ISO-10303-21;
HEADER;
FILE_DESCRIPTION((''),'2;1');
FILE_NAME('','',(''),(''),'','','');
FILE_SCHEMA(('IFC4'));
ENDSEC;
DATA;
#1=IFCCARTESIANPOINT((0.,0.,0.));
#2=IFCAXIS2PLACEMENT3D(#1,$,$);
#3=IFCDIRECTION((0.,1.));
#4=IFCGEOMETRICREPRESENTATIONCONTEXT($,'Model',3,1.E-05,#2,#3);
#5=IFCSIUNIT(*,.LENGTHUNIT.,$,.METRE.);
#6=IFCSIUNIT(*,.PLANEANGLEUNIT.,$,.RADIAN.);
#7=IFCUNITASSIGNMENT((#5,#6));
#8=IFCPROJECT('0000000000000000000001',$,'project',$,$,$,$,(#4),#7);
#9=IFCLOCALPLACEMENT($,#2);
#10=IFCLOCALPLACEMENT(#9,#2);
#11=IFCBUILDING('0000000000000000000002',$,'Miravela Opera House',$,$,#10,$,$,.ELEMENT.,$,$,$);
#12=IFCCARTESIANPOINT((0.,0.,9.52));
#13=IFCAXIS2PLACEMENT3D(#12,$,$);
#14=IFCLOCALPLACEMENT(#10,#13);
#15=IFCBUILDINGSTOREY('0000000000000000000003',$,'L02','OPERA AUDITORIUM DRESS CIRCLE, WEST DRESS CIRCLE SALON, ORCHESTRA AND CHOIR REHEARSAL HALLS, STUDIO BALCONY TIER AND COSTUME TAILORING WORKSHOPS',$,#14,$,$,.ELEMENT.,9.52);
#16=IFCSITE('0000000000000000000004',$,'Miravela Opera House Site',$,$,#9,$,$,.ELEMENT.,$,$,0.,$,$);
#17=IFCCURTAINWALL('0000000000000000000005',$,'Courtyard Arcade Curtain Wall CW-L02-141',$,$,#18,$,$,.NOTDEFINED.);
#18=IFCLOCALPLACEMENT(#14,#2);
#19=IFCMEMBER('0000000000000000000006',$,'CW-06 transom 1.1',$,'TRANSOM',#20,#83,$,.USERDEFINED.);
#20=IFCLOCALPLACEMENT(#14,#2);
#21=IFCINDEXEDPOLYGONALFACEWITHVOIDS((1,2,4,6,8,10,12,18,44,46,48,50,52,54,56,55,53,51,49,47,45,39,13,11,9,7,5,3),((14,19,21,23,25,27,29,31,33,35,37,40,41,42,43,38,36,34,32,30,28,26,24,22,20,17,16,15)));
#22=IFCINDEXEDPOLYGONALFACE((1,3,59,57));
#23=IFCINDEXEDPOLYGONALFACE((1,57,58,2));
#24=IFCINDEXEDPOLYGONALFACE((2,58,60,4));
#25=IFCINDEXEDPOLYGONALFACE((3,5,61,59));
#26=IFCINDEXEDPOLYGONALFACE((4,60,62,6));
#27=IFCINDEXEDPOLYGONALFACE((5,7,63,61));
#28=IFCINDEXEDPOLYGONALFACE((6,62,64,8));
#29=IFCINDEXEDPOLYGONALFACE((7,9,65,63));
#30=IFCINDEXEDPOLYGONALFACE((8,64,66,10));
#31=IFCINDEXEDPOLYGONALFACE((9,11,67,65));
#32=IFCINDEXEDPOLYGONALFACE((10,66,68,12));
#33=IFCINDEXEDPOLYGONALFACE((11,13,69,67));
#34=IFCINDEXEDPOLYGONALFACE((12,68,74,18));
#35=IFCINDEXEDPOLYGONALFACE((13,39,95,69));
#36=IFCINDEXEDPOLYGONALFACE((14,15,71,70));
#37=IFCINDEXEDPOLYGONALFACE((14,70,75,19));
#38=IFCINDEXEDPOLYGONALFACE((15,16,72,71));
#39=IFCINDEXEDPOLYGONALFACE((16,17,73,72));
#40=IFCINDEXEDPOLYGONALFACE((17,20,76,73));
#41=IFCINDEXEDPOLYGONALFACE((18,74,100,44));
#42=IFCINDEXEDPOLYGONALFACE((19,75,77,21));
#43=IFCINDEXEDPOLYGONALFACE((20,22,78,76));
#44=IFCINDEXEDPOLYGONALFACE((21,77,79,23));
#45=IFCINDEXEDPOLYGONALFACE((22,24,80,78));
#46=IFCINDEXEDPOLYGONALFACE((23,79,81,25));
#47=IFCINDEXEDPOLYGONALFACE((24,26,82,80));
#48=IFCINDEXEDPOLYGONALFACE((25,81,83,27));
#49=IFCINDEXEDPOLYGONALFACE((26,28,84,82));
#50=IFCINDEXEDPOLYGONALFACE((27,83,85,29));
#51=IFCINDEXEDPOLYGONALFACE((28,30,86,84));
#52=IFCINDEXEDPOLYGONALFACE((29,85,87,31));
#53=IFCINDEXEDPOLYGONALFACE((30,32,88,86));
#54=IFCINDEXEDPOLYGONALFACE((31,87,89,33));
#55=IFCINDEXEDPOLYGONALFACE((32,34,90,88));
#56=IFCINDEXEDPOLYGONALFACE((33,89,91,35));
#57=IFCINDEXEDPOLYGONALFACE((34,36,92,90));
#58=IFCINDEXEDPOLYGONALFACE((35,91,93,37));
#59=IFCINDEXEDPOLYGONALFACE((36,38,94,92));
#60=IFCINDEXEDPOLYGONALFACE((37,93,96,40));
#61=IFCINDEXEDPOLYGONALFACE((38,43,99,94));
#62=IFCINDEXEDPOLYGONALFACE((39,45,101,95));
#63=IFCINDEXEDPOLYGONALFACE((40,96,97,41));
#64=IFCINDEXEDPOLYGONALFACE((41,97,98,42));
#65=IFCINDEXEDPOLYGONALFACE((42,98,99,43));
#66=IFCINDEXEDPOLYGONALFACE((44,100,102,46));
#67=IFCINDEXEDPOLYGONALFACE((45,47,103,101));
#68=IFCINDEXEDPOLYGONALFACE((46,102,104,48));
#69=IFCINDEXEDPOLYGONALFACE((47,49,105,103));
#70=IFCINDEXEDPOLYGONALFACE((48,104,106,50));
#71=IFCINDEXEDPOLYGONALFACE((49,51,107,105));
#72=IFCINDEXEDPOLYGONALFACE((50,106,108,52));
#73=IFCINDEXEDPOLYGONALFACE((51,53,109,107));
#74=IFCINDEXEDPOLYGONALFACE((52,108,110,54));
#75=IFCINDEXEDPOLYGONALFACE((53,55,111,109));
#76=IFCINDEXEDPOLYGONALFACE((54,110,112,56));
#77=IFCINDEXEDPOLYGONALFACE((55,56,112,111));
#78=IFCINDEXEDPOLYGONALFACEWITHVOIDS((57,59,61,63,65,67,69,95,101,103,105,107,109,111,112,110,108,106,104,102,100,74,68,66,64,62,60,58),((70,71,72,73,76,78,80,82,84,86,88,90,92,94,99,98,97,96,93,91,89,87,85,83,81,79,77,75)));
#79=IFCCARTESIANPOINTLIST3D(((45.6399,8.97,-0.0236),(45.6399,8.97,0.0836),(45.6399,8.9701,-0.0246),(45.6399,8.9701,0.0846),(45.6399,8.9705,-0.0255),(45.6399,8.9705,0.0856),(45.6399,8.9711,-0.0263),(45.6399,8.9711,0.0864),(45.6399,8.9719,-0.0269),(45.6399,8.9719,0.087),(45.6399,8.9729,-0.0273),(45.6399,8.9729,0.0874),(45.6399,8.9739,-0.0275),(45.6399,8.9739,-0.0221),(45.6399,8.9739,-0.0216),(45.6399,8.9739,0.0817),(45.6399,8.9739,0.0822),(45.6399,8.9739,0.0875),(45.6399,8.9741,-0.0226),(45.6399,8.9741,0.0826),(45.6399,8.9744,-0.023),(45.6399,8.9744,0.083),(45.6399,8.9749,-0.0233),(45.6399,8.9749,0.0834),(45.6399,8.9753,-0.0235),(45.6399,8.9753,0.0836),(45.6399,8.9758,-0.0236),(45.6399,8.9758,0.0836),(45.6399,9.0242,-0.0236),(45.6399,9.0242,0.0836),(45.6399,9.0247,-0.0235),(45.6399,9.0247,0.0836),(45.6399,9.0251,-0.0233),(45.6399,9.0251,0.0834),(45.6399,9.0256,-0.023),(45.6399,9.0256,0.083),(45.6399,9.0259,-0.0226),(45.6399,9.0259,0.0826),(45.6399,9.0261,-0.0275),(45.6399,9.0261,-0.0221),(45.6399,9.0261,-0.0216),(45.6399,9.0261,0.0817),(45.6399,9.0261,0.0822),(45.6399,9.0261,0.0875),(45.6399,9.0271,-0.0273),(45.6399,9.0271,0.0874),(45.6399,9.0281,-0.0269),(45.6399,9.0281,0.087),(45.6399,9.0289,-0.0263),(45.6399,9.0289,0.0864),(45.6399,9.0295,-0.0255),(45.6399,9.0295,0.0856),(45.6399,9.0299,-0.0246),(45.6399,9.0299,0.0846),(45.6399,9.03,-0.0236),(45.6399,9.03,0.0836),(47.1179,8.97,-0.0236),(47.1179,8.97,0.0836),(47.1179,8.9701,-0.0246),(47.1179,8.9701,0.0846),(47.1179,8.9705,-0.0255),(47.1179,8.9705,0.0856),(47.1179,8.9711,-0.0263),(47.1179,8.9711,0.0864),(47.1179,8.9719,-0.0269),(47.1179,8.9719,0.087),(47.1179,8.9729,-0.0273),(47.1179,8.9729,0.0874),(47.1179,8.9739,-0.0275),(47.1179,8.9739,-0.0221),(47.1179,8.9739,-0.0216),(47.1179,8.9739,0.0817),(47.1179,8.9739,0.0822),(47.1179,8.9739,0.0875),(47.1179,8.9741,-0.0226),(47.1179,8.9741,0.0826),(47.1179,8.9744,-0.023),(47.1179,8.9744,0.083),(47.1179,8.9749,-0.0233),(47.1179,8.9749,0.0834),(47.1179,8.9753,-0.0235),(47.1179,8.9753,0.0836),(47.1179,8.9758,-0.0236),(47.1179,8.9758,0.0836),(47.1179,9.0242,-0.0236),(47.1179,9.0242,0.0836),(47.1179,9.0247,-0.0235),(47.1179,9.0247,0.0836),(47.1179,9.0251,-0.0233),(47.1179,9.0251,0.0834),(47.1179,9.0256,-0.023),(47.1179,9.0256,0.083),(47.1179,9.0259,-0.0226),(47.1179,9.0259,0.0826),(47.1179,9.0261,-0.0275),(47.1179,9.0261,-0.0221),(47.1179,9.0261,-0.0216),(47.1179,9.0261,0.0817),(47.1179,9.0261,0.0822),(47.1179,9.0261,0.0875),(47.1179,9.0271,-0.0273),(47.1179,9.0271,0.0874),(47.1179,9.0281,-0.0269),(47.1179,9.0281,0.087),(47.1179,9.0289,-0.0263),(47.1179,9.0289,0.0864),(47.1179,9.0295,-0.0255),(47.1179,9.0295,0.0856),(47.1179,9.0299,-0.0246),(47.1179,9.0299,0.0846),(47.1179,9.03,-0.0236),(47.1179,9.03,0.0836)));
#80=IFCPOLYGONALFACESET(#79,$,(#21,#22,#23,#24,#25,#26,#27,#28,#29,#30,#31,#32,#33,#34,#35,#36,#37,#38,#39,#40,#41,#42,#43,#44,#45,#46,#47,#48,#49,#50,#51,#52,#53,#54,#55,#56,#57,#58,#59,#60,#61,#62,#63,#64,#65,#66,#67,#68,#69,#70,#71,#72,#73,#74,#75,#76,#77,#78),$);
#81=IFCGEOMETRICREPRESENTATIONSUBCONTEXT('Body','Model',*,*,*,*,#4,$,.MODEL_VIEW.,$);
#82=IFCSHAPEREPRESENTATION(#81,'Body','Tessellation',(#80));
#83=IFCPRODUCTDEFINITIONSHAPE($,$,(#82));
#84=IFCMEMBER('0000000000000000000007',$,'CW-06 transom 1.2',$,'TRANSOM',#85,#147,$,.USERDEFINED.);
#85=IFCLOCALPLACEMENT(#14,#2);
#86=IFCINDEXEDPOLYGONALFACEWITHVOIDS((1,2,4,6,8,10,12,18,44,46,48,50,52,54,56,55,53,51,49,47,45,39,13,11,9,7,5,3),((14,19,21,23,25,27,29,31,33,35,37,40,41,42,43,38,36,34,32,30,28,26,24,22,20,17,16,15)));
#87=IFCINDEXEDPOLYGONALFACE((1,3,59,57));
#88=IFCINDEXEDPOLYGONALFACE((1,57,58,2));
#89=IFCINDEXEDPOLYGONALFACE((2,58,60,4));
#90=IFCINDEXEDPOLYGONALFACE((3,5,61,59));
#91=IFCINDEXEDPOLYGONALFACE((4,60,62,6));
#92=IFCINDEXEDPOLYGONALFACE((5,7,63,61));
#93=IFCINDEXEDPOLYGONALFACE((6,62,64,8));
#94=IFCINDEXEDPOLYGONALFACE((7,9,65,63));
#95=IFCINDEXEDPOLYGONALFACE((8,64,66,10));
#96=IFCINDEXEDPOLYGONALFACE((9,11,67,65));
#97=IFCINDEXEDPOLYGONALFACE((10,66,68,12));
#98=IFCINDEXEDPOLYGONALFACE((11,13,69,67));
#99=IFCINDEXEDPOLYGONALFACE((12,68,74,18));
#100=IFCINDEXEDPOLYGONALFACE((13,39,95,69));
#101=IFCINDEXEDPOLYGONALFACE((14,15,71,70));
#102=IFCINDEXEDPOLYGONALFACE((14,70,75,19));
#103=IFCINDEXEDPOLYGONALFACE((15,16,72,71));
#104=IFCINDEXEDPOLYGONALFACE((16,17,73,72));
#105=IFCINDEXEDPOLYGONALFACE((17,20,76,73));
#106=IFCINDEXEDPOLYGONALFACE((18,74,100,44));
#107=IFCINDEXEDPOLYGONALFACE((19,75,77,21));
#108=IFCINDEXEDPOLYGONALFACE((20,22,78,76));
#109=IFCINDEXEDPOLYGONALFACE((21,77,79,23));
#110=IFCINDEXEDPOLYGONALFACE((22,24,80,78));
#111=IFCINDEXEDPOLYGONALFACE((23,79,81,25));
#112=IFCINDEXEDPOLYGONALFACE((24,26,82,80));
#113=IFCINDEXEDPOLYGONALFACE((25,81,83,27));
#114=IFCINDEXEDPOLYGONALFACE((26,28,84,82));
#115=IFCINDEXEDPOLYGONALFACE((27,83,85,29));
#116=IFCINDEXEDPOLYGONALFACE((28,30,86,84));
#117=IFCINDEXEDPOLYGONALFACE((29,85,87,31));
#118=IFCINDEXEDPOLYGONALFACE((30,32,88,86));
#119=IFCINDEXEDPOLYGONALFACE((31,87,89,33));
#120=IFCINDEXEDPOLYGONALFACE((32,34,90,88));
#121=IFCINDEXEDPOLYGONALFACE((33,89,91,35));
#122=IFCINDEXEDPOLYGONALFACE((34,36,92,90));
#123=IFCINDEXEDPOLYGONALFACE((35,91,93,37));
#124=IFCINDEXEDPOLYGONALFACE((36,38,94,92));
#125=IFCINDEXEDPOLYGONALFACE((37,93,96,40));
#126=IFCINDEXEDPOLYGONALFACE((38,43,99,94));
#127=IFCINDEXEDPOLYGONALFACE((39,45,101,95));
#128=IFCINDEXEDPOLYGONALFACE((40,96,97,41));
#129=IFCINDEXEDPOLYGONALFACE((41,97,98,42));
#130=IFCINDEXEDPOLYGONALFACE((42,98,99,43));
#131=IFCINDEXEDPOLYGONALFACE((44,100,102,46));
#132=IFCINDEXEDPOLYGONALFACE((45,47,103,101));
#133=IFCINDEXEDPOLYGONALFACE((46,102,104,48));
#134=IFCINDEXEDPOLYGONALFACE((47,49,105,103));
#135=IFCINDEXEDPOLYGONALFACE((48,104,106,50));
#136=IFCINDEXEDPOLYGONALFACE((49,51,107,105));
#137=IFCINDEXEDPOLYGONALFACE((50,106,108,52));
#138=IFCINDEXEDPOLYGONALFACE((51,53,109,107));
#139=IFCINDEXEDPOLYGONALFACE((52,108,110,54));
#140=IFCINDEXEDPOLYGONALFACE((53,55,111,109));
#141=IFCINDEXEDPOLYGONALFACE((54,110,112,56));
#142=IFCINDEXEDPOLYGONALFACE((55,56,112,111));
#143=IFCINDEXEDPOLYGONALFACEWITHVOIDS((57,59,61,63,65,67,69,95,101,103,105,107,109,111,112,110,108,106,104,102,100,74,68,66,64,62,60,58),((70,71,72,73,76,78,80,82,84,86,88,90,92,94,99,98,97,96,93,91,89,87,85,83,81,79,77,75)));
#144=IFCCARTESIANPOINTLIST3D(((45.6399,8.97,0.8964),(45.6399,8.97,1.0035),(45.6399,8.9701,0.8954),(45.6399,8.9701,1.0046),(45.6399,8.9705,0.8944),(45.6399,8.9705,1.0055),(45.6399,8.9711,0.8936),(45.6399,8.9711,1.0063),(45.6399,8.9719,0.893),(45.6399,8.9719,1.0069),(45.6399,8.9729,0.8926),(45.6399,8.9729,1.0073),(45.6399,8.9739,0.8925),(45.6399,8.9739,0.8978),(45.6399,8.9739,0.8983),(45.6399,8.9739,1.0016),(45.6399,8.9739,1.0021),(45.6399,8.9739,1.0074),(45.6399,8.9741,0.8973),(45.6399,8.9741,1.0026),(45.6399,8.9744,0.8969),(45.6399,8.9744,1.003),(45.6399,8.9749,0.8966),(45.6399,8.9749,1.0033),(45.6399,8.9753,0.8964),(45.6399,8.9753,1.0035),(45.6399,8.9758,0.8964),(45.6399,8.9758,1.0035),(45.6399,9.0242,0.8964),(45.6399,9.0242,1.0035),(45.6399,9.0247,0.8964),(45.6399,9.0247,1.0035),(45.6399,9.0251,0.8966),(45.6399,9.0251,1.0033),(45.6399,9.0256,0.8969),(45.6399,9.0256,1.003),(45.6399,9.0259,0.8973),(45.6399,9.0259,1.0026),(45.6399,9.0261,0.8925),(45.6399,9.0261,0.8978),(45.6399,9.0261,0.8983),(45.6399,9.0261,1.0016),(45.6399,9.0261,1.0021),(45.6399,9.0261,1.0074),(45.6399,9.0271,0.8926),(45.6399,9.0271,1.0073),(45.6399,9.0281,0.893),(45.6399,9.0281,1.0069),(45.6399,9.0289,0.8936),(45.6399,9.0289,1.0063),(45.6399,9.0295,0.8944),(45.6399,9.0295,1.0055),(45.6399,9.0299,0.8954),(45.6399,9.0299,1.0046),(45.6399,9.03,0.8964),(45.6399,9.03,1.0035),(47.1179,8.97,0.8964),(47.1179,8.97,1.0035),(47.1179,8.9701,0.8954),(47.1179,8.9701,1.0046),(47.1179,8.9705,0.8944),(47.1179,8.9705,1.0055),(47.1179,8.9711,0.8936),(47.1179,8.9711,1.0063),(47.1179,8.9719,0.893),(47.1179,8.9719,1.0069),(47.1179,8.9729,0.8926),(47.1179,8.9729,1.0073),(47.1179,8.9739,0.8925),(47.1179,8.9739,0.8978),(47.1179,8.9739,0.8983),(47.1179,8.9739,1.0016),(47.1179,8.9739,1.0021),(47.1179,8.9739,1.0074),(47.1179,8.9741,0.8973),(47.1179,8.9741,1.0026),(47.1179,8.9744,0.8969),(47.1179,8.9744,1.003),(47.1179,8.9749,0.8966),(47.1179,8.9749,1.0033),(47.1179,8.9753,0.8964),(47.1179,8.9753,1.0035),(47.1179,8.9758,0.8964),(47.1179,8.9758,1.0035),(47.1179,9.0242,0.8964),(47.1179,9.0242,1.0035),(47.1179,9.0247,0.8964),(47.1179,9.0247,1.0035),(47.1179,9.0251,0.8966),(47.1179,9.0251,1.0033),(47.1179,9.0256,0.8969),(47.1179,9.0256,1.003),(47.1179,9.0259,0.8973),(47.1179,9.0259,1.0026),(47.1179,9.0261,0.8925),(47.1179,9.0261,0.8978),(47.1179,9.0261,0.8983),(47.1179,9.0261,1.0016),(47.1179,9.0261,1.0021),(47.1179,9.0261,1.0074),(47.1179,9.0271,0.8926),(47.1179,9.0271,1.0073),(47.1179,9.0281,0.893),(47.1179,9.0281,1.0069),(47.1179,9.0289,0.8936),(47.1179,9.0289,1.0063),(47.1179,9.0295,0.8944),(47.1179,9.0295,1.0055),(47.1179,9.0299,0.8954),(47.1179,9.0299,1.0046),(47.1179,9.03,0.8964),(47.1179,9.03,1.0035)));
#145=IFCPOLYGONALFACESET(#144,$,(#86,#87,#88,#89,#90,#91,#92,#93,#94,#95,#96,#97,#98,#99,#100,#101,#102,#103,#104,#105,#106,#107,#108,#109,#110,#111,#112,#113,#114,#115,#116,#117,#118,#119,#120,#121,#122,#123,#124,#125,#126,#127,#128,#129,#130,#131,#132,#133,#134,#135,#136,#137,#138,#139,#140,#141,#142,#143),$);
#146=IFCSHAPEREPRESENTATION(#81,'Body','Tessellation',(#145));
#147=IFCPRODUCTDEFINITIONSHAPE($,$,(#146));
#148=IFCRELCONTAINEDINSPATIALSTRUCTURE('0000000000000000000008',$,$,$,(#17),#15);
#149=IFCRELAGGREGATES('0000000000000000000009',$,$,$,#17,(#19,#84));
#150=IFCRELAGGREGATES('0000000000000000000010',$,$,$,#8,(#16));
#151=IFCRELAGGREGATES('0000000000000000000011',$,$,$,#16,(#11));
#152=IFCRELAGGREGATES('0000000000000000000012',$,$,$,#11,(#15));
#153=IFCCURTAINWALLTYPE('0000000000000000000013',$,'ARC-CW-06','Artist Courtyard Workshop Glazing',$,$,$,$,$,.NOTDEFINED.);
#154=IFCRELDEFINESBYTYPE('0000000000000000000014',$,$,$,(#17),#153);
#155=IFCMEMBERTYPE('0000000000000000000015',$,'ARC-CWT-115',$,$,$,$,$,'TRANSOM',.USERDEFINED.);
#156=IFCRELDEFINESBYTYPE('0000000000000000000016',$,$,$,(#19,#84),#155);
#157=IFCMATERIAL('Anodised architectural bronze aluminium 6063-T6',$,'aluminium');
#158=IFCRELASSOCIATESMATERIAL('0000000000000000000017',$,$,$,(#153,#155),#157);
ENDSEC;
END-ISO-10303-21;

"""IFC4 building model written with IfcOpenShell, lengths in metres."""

from ifc_helpers import new_model, si_unit, direction, frame, origin, origin_2d, place, context, subcontext, project, spatial, hollow_rectangle, extrude, material, material_profile, profile_set, type_object, element, aggregate, save


model = new_model("IFC4")

# Units and contexts
model_context = context("Model", 3, precision=1e-05, world=origin(), true_north=direction((0.0, 1.0)))
body_context = subcontext(model_context, "Body", "Model", "MODEL_VIEW")
ifc_project = project(units=[si_unit("LENGTHUNIT", "METRE"), si_unit("PLANEANGLEUNIT", "RADIAN")], contexts=[model_context])

# Site, building, storey
site_placement = place(None, origin())
site = spatial("IfcSite", under=ifc_project, at=site_placement, Name="Miravela Opera House Site", CompositionType="ELEMENT", RefElevation=0.0)
building_placement = place(site_placement, origin())
building = spatial("IfcBuilding", under=site, at=building_placement, Name="Miravela Opera House", CompositionType="ELEMENT")
storey_placement = place(building_placement, frame((0.0, 0.0, 9.52)))
storey = spatial("IfcBuildingStorey", under=building, at=storey_placement, Name="L02", Description="OPERA AUDITORIUM DRESS CIRCLE, WEST DRESS CIRCLE SALON, ORCHESTRA AND CHOIR REHEARSAL HALLS, STUDIO BALCONY TIER AND COSTUME TAILORING WORKSHOPS", CompositionType="ELEMENT", Elevation=9.52)

# Shared definitions
ifc_material_1 = material(Name="Anodised architectural bronze aluminium 6063-T6", Category="aluminium")
curtain_wall_type = type_object("IfcCurtainWallType", Name="ARC-CW-06", Description="Artist Courtyard Workshop Glazing", PredefinedType="NOTDEFINED", material=ifc_material_1)

# Curtain wall
curtain_wall_1_placement = place(storey_placement, origin())
curtain_wall_1 = element("IfcCurtainWall", 1, at=curtain_wall_1_placement, inside=storey, type_object=curtain_wall_type, Name="Courtyard Arcade Curtain Wall CW-L02-141", PredefinedType="NOTDEFINED")

# Members
ifc_material_profile_1 = material_profile(ifc_material_1, hollow_rectangle(XDim=0.0601, YDim=0.115, WallThickness=0.0039, InnerFilletRadius=0.002, OuterFilletRadius=0.0039, at=origin_2d()), Name="CWT-60X115")
ifc_profile_set_1 = profile_set([ifc_material_profile_1])
member_type_1 = type_object("IfcMemberType", Name="ARC-CWT-115", ElementType="TRANSOM", PredefinedType="USERDEFINED", material=ifc_profile_set_1)
member_1_placement = place(storey_placement, frame((45.6399, 9.0, 0.03), z_axis=(1.0, 0.0, 0.0), x_axis=(0.0, 1.0, 0.0)))
member_1 = element("IfcMember", 2, at=member_1_placement, type_object=member_type_1, Name="CW-06 transom 1.1", ObjectType="TRANSOM", PredefinedType="USERDEFINED", context=body_context, shape_type="SweptSolid", body=[
    extrude(hollow_rectangle(XDim=0.0601, YDim=0.115, WallThickness=0.0039, InnerFilletRadius=0.002, OuterFilletRadius=0.0039, at=origin_2d()), origin(), (0.0, 0.0, 1.0), 1.478),
])
member_2_placement = place(storey_placement, frame((45.6399, 9.0, 0.95), z_axis=(1.0, 0.0, 0.0), x_axis=(0.0, 1.0, 0.0)))
member_2 = element("IfcMember", 3, at=member_2_placement, type_object=member_type_1, Name="CW-06 transom 1.2", ObjectType="TRANSOM", PredefinedType="USERDEFINED", context=body_context, shape_type="SweptSolid", body=[
    extrude(hollow_rectangle(XDim=0.0601, YDim=0.115, WallThickness=0.0039, InnerFilletRadius=0.002, OuterFilletRadius=0.0039, at=origin_2d()), origin(), (0.0, 0.0, 1.0), 1.478),
])
aggregate(curtain_wall_1, [member_1, member_2])

save(model, "model.ifc")
